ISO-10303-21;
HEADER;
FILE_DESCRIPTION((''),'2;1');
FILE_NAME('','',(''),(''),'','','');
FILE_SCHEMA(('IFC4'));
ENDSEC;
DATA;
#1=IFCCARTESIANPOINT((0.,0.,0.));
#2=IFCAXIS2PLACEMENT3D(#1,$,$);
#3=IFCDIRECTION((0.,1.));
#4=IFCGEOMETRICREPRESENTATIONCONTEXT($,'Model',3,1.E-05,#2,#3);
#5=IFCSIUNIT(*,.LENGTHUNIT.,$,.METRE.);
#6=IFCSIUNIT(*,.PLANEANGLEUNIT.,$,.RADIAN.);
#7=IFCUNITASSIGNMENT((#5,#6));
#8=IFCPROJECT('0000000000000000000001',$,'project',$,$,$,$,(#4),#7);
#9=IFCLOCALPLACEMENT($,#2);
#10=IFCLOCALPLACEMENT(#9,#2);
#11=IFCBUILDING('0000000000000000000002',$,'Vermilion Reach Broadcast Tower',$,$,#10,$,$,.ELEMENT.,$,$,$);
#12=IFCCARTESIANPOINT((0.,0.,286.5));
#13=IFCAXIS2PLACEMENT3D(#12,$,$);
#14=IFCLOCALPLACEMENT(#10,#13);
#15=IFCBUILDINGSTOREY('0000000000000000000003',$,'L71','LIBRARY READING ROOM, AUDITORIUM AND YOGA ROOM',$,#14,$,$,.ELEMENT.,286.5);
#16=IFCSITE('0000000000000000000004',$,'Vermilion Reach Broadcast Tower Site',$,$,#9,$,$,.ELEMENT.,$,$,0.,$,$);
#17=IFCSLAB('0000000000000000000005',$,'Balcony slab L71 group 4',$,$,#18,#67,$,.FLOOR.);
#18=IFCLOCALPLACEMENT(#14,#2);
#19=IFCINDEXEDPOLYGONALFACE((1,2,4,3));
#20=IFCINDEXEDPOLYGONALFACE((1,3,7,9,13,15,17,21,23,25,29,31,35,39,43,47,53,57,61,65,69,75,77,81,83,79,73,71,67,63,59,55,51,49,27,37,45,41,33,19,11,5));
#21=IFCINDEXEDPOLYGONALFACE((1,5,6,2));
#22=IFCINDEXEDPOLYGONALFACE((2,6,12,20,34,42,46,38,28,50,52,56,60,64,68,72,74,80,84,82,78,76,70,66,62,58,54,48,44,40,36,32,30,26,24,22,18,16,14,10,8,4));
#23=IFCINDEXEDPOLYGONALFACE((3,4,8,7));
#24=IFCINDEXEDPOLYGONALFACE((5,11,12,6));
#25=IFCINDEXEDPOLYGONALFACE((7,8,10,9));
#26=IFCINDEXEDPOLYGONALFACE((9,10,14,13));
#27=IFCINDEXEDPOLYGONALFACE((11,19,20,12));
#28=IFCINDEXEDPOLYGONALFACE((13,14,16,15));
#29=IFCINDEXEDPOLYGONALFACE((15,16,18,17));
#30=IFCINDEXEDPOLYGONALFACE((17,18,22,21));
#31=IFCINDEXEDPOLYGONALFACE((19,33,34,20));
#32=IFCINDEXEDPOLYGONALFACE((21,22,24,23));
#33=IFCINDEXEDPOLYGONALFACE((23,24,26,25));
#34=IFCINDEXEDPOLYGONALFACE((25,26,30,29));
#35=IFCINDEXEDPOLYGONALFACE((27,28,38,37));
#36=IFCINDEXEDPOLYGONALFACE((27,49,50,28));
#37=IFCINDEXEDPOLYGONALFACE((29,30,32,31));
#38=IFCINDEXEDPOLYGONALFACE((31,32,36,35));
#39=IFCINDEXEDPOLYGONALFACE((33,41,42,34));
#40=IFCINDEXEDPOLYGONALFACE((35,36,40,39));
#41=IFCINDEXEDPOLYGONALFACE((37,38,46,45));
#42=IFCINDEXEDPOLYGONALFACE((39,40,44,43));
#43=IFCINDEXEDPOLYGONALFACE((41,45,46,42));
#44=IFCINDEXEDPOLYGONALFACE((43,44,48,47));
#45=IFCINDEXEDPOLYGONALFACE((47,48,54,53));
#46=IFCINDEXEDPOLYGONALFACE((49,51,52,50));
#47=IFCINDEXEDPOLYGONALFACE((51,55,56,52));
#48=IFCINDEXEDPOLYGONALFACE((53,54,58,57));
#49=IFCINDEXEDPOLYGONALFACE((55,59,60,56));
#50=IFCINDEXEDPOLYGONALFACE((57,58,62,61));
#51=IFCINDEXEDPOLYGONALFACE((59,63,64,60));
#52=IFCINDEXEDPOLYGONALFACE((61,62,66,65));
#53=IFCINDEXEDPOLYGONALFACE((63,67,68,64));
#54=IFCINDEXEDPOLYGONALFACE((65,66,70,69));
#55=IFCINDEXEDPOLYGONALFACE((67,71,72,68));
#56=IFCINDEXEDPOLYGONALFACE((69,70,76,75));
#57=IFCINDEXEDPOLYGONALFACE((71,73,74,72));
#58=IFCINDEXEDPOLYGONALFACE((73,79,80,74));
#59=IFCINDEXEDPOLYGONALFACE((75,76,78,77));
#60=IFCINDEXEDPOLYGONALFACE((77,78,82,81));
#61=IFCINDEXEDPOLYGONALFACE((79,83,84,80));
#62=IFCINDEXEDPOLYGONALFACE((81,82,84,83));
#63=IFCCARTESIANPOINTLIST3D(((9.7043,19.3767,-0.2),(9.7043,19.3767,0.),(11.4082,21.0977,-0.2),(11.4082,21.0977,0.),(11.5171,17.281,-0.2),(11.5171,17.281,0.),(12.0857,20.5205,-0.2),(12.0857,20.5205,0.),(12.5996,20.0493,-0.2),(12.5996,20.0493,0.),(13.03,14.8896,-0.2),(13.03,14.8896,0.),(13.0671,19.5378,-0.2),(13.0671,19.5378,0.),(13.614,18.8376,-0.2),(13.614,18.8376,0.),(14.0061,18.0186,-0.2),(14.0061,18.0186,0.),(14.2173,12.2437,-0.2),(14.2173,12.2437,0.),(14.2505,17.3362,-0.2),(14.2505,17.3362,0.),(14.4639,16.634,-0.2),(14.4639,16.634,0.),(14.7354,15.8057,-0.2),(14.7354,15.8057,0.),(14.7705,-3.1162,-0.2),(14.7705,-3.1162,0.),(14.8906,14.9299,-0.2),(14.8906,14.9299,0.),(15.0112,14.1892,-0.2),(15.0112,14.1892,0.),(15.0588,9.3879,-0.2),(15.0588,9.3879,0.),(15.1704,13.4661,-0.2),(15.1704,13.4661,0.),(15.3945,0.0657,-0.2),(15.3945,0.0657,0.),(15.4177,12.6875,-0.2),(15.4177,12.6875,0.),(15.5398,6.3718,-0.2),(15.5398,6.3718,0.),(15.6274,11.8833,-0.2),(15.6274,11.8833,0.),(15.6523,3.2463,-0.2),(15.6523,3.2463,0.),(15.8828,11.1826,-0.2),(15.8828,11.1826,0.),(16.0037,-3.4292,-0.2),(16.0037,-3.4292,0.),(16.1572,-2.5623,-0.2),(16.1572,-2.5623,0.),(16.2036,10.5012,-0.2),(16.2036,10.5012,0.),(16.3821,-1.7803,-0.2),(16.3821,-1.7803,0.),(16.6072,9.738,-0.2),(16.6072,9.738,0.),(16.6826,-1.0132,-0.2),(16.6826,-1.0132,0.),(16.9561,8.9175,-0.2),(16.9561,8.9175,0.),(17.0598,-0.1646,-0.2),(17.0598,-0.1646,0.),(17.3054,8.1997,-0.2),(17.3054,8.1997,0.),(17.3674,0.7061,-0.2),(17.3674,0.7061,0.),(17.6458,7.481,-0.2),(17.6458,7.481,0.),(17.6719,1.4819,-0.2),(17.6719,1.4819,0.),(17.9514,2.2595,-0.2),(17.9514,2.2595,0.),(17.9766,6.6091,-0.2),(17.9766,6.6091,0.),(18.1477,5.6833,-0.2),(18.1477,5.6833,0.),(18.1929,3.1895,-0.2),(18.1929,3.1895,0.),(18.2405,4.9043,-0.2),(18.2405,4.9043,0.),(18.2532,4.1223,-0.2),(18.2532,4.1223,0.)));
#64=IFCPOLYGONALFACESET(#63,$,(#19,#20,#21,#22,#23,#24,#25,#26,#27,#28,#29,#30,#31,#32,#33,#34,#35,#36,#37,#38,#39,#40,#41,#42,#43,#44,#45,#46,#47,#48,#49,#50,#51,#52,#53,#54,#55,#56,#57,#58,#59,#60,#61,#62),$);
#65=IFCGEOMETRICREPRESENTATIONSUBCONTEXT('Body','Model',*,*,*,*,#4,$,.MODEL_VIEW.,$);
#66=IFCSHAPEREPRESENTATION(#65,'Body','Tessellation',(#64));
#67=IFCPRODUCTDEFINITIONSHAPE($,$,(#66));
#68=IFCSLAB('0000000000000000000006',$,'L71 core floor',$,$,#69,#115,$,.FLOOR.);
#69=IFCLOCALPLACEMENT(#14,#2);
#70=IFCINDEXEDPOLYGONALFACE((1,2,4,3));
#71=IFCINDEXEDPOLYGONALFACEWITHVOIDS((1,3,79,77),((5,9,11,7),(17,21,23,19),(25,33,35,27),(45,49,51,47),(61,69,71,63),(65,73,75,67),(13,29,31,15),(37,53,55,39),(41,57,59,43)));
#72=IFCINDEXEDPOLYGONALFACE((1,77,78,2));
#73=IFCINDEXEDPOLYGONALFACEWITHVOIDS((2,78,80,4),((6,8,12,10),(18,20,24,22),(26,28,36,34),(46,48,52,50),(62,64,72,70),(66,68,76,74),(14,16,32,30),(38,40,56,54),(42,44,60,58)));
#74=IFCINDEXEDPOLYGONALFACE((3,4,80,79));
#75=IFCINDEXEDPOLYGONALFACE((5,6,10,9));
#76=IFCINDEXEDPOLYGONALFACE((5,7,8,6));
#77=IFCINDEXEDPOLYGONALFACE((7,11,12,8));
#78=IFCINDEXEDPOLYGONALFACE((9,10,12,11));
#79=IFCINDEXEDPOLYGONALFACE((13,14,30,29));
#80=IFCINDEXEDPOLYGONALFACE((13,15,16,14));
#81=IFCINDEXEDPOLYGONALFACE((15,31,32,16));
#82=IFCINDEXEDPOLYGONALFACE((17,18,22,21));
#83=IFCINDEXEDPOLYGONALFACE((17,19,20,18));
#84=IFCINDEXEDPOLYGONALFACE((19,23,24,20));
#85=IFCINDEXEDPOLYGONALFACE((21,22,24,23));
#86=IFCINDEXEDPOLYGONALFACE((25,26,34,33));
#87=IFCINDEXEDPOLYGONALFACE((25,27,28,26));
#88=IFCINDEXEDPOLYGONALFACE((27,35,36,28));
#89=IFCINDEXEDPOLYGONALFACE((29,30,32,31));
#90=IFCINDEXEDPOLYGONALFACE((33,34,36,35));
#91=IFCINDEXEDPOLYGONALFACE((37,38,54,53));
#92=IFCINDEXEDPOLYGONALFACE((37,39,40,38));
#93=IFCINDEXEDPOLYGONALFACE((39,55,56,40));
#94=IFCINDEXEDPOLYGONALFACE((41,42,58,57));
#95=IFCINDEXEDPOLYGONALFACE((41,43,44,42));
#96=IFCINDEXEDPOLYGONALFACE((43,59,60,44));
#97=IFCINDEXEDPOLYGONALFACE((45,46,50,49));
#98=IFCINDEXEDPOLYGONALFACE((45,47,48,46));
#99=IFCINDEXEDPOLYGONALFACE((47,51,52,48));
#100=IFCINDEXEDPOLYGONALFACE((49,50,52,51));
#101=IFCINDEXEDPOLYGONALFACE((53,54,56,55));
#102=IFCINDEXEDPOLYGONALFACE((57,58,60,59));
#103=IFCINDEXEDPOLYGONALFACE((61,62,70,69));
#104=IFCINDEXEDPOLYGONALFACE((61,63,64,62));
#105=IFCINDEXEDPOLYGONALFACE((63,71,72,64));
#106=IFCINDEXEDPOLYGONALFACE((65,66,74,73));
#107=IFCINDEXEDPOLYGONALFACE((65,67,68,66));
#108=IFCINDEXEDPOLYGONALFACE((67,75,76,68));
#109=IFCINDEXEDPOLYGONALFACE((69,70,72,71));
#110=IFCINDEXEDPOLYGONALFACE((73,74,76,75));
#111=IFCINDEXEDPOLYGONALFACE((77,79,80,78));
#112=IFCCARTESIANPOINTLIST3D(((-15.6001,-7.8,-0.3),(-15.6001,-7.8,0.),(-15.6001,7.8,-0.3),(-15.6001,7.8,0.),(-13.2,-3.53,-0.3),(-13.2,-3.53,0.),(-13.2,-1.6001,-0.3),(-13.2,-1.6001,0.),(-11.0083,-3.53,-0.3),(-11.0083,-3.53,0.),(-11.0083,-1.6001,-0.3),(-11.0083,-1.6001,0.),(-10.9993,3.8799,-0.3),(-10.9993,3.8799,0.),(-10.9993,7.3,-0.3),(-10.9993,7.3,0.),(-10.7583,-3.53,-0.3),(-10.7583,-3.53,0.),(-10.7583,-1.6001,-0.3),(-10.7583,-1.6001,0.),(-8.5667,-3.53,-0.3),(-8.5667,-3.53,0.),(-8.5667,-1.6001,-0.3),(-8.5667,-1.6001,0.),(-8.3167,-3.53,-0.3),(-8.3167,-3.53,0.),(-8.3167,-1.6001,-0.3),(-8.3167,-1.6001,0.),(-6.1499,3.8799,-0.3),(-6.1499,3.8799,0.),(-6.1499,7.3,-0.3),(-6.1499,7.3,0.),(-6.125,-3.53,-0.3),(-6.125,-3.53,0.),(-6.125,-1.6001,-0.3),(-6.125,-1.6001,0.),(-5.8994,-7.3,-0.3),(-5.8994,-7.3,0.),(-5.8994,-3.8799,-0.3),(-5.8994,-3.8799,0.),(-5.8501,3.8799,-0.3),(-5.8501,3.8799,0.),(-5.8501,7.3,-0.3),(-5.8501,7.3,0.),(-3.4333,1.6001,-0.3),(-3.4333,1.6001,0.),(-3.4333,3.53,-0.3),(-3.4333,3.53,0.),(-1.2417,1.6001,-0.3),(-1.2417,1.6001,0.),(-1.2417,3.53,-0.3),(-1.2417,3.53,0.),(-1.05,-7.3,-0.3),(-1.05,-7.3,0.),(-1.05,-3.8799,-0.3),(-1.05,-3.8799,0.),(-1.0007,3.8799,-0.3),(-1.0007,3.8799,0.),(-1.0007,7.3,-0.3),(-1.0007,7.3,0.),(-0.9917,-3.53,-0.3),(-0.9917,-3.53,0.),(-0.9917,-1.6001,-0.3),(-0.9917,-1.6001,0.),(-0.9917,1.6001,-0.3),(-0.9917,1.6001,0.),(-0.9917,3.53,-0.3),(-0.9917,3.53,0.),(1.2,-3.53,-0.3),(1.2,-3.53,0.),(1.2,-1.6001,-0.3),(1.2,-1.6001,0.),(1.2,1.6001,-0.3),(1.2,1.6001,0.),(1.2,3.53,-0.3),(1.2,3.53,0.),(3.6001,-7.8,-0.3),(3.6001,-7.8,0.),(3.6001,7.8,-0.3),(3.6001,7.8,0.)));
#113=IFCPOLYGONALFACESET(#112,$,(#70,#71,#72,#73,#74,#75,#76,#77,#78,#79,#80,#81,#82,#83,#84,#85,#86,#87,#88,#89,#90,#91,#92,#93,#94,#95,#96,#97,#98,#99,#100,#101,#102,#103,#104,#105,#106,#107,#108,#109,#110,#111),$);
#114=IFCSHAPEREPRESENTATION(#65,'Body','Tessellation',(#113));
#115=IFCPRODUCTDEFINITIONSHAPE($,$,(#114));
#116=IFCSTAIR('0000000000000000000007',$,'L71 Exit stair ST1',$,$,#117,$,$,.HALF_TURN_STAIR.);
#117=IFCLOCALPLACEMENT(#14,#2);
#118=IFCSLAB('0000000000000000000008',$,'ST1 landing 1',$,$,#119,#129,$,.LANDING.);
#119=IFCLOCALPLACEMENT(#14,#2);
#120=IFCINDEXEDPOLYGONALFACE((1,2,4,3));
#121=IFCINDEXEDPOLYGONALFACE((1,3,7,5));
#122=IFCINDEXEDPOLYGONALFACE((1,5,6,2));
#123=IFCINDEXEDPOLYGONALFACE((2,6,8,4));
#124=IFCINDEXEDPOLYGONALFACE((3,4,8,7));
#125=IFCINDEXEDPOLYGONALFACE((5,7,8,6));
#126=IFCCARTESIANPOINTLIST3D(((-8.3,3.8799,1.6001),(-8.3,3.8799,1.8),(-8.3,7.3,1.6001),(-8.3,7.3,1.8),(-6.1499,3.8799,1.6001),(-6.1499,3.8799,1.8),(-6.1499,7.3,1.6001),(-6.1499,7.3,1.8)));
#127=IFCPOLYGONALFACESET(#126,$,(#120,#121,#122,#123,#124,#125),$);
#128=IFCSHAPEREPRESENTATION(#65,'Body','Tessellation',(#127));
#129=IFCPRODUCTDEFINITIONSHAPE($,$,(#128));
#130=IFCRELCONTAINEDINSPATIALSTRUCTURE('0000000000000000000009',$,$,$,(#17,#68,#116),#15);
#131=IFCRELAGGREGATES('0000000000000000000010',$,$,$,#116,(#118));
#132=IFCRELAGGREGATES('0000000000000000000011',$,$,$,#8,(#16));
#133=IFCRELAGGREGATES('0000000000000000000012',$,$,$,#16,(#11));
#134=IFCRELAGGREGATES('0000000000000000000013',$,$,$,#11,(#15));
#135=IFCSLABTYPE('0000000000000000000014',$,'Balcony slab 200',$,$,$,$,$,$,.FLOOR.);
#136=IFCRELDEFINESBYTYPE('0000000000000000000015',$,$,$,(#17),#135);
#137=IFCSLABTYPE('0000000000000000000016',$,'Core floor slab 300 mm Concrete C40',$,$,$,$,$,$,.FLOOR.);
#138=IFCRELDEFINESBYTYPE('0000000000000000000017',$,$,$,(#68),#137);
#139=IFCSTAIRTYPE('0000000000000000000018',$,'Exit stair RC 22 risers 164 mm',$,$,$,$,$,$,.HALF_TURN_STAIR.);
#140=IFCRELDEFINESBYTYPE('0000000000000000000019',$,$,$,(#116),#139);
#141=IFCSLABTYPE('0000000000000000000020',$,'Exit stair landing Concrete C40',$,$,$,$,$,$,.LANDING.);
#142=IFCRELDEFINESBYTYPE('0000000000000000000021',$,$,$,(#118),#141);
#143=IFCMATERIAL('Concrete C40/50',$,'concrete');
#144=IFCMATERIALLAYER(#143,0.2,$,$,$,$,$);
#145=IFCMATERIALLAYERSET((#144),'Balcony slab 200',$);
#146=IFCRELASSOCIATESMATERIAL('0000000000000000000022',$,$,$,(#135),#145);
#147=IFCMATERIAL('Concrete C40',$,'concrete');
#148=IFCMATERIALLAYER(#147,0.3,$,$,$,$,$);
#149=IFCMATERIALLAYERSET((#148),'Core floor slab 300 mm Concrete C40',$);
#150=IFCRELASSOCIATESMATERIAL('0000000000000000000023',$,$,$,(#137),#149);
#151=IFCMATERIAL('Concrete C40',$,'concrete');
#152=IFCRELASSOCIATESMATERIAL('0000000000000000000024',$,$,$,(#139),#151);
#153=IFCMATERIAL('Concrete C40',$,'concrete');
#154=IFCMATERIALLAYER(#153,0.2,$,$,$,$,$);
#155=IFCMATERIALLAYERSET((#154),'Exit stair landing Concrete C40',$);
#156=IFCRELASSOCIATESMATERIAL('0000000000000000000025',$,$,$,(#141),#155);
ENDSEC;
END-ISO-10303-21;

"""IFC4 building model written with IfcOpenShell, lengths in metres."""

from ifc_helpers import new_model, si_unit, direction, frame, origin, place, context, subcontext, project, spatial, polyline, outline, extrude, material, layer, layer_set, type_object, element, aggregate, save


model = new_model("IFC4")

# Units and contexts
model_context = context("Model", 3, precision=1e-05, world=origin(), true_north=direction((0.0, 1.0)))
body_context = subcontext(model_context, "Body", "Model", "MODEL_VIEW")
ifc_project = project(units=[si_unit("LENGTHUNIT", "METRE"), si_unit("PLANEANGLEUNIT", "RADIAN")], contexts=[model_context])

# Site, building, storey
site_placement = place(None, origin())
site = spatial("IfcSite", under=ifc_project, at=site_placement, Name="Vermilion Reach Broadcast Tower Site", CompositionType="ELEMENT", RefElevation=0.0)
building_placement = place(site_placement, origin())
building = spatial("IfcBuilding", under=site, at=building_placement, Name="Vermilion Reach Broadcast Tower", CompositionType="ELEMENT")
storey_placement = place(building_placement, frame((0.0, 0.0, 286.5)))
storey = spatial("IfcBuildingStorey", under=building, at=storey_placement, Name="L71", Description="LIBRARY READING ROOM, AUDITORIUM AND YOGA ROOM", CompositionType="ELEMENT", Elevation=286.5)

# Slabs
ifc_material_1 = material(Name="Concrete C40/50", Category="concrete")
ifc_layer_1 = layer(ifc_material_1, 0.2)
ifc_layer_set_1 = layer_set([ifc_layer_1], Name="Balcony slab 200")
slab_type_1 = type_object("IfcSlabType", Name="Balcony slab 200", PredefinedType="FLOOR", material=ifc_layer_set_1)
placement_1 = place(storey_placement, frame((0.0, 0.0, -0.2)))
element("IfcSlab", 1, at=placement_1, inside=storey, type_object=slab_type_1, Name="Balcony slab L71 group 4", PredefinedType="FLOOR", context=body_context, shape_type="SweptSolid", body=[
    extrude(outline(polyline([(14.7705, -3.1162), (15.3945, 0.0657), (15.6523, 3.2463), (15.5398, 6.3718), (15.0588, 9.3879), (14.2173, 12.2437), (13.03, 14.8896), (11.5171, 17.281), (9.7043, 19.3767), (11.4082, 21.0977), (12.0857, 20.5205), (12.5996, 20.0493), (13.0671, 19.5378), (13.614, 18.8376), (14.0061, 18.0186), (14.2505, 17.3362), (14.4639, 16.634), (14.7354, 15.8057), (14.8906, 14.9299), (15.0112, 14.1892), (15.1704, 13.4661), (15.4177, 12.6875), (15.6274, 11.8833), (15.8828, 11.1826), (16.2036, 10.5012), (16.6072, 9.738), (16.9561, 8.9175), (17.3054, 8.1997), (17.6458, 7.481), (17.9766, 6.6091), (18.1477, 5.6833), (18.2405, 4.9043), (18.2532, 4.1223), (18.1929, 3.1895), (17.9514, 2.2595), (17.6719, 1.4819), (17.3674, 0.7061), (17.0598, -0.1646), (16.6826, -1.0132), (16.3821, -1.7803), (16.1572, -2.5623), (16.0037, -3.4292), (14.7705, -3.1162)])), origin(), (0.0, 0.0, 1.0), 0.2),
])
ifc_material_2 = material(Name="Concrete C40", Category="concrete")
ifc_layer_2 = layer(ifc_material_2, 0.3)
ifc_layer_set_2 = layer_set([ifc_layer_2], Name="Core floor slab 300 mm Concrete C40")
slab_type_2 = type_object("IfcSlabType", Name="Core floor slab 300 mm Concrete C40", PredefinedType="FLOOR", material=ifc_layer_set_2)
slab_1_placement = place(storey_placement, frame((0.0, 0.0, -0.3)))
element("IfcSlab", 2, at=slab_1_placement, inside=storey, type_object=slab_type_2, Name="L71 core floor", PredefinedType="FLOOR", context=body_context, shape_type="SweptSolid", body=[
    extrude(outline(polyline([(-15.6001, -7.8), (3.6001, -7.8), (3.6001, 7.8), (-15.6001, 7.8), (-15.6001, -7.8)]), holes=[polyline([(-3.4333, 1.6001), (-1.2417, 1.6001), (-1.2417, 3.53), (-3.4333, 3.53), (-3.4333, 1.6001)]), polyline([(-0.9917, 1.6001), (1.2, 1.6001), (1.2, 3.53), (-0.9917, 3.53), (-0.9917, 1.6001)]), polyline([(-13.2, -3.53), (-11.0083, -3.53), (-11.0083, -1.6001), (-13.2, -1.6001), (-13.2, -3.53)]), polyline([(-10.7583, -3.53), (-8.5667, -3.53), (-8.5667, -1.6001), (-10.7583, -1.6001), (-10.7583, -3.53)]), polyline([(-8.3167, -3.53), (-6.125, -3.53), (-6.125, -1.6001), (-8.3167, -1.6001), (-8.3167, -3.53)]), polyline([(-0.9917, -3.53), (1.2, -3.53), (1.2, -1.6001), (-0.9917, -1.6001), (-0.9917, -3.53)]), polyline([(-10.9993, 3.8799), (-6.1499, 3.8799), (-6.1499, 7.3), (-10.9993, 7.3), (-10.9993, 3.8799)]), polyline([(-1.0007, 7.3), (-5.8501, 7.3), (-5.8501, 3.8799), (-1.0007, 3.8799), (-1.0007, 7.3)]), polyline([(-5.8994, -7.3), (-1.05, -7.3), (-1.05, -3.8799), (-5.8994, -3.8799), (-5.8994, -7.3)])]), origin(), (0.0, 0.0, 1.0), 0.3),
])

# Stair, slab
ifc_material_3 = material(Name="Concrete C40", Category="concrete")
stair_type = type_object("IfcStairType", Name="Exit stair RC 22 risers 164 mm", PredefinedType="HALF_TURN_STAIR", material=ifc_material_3)
placement_2 = place(storey_placement, origin())
stair_1 = element("IfcStair", 3, at=placement_2, inside=storey, type_object=stair_type, Name="L71 Exit stair ST1", PredefinedType="HALF_TURN_STAIR")
ifc_material_4 = material(Name="Concrete C40", Category="concrete")
ifc_layer_3 = layer(ifc_material_4, 0.2)
ifc_layer_set_3 = layer_set([ifc_layer_3], Name="Exit stair landing Concrete C40")
slab_type_3 = type_object("IfcSlabType", Name="Exit stair landing Concrete C40", PredefinedType="LANDING", material=ifc_layer_set_3)
slab_2_placement = place(storey_placement, frame((0.0, 0.0, 1.6001)))
slab_2 = element("IfcSlab", 4, at=slab_2_placement, type_object=slab_type_3, Name="ST1 landing 1", PredefinedType="LANDING", context=body_context, shape_type="SweptSolid", body=[
    extrude(outline(polyline([(-8.3, 3.8799), (-6.1499, 3.8799), (-6.1499, 7.3), (-8.3, 7.3), (-8.3, 3.8799)])), origin(), (0.0, 0.0, 1.0), 0.2),
])
aggregate(stair_1, [slab_2])

save(model, "model.ifc")
